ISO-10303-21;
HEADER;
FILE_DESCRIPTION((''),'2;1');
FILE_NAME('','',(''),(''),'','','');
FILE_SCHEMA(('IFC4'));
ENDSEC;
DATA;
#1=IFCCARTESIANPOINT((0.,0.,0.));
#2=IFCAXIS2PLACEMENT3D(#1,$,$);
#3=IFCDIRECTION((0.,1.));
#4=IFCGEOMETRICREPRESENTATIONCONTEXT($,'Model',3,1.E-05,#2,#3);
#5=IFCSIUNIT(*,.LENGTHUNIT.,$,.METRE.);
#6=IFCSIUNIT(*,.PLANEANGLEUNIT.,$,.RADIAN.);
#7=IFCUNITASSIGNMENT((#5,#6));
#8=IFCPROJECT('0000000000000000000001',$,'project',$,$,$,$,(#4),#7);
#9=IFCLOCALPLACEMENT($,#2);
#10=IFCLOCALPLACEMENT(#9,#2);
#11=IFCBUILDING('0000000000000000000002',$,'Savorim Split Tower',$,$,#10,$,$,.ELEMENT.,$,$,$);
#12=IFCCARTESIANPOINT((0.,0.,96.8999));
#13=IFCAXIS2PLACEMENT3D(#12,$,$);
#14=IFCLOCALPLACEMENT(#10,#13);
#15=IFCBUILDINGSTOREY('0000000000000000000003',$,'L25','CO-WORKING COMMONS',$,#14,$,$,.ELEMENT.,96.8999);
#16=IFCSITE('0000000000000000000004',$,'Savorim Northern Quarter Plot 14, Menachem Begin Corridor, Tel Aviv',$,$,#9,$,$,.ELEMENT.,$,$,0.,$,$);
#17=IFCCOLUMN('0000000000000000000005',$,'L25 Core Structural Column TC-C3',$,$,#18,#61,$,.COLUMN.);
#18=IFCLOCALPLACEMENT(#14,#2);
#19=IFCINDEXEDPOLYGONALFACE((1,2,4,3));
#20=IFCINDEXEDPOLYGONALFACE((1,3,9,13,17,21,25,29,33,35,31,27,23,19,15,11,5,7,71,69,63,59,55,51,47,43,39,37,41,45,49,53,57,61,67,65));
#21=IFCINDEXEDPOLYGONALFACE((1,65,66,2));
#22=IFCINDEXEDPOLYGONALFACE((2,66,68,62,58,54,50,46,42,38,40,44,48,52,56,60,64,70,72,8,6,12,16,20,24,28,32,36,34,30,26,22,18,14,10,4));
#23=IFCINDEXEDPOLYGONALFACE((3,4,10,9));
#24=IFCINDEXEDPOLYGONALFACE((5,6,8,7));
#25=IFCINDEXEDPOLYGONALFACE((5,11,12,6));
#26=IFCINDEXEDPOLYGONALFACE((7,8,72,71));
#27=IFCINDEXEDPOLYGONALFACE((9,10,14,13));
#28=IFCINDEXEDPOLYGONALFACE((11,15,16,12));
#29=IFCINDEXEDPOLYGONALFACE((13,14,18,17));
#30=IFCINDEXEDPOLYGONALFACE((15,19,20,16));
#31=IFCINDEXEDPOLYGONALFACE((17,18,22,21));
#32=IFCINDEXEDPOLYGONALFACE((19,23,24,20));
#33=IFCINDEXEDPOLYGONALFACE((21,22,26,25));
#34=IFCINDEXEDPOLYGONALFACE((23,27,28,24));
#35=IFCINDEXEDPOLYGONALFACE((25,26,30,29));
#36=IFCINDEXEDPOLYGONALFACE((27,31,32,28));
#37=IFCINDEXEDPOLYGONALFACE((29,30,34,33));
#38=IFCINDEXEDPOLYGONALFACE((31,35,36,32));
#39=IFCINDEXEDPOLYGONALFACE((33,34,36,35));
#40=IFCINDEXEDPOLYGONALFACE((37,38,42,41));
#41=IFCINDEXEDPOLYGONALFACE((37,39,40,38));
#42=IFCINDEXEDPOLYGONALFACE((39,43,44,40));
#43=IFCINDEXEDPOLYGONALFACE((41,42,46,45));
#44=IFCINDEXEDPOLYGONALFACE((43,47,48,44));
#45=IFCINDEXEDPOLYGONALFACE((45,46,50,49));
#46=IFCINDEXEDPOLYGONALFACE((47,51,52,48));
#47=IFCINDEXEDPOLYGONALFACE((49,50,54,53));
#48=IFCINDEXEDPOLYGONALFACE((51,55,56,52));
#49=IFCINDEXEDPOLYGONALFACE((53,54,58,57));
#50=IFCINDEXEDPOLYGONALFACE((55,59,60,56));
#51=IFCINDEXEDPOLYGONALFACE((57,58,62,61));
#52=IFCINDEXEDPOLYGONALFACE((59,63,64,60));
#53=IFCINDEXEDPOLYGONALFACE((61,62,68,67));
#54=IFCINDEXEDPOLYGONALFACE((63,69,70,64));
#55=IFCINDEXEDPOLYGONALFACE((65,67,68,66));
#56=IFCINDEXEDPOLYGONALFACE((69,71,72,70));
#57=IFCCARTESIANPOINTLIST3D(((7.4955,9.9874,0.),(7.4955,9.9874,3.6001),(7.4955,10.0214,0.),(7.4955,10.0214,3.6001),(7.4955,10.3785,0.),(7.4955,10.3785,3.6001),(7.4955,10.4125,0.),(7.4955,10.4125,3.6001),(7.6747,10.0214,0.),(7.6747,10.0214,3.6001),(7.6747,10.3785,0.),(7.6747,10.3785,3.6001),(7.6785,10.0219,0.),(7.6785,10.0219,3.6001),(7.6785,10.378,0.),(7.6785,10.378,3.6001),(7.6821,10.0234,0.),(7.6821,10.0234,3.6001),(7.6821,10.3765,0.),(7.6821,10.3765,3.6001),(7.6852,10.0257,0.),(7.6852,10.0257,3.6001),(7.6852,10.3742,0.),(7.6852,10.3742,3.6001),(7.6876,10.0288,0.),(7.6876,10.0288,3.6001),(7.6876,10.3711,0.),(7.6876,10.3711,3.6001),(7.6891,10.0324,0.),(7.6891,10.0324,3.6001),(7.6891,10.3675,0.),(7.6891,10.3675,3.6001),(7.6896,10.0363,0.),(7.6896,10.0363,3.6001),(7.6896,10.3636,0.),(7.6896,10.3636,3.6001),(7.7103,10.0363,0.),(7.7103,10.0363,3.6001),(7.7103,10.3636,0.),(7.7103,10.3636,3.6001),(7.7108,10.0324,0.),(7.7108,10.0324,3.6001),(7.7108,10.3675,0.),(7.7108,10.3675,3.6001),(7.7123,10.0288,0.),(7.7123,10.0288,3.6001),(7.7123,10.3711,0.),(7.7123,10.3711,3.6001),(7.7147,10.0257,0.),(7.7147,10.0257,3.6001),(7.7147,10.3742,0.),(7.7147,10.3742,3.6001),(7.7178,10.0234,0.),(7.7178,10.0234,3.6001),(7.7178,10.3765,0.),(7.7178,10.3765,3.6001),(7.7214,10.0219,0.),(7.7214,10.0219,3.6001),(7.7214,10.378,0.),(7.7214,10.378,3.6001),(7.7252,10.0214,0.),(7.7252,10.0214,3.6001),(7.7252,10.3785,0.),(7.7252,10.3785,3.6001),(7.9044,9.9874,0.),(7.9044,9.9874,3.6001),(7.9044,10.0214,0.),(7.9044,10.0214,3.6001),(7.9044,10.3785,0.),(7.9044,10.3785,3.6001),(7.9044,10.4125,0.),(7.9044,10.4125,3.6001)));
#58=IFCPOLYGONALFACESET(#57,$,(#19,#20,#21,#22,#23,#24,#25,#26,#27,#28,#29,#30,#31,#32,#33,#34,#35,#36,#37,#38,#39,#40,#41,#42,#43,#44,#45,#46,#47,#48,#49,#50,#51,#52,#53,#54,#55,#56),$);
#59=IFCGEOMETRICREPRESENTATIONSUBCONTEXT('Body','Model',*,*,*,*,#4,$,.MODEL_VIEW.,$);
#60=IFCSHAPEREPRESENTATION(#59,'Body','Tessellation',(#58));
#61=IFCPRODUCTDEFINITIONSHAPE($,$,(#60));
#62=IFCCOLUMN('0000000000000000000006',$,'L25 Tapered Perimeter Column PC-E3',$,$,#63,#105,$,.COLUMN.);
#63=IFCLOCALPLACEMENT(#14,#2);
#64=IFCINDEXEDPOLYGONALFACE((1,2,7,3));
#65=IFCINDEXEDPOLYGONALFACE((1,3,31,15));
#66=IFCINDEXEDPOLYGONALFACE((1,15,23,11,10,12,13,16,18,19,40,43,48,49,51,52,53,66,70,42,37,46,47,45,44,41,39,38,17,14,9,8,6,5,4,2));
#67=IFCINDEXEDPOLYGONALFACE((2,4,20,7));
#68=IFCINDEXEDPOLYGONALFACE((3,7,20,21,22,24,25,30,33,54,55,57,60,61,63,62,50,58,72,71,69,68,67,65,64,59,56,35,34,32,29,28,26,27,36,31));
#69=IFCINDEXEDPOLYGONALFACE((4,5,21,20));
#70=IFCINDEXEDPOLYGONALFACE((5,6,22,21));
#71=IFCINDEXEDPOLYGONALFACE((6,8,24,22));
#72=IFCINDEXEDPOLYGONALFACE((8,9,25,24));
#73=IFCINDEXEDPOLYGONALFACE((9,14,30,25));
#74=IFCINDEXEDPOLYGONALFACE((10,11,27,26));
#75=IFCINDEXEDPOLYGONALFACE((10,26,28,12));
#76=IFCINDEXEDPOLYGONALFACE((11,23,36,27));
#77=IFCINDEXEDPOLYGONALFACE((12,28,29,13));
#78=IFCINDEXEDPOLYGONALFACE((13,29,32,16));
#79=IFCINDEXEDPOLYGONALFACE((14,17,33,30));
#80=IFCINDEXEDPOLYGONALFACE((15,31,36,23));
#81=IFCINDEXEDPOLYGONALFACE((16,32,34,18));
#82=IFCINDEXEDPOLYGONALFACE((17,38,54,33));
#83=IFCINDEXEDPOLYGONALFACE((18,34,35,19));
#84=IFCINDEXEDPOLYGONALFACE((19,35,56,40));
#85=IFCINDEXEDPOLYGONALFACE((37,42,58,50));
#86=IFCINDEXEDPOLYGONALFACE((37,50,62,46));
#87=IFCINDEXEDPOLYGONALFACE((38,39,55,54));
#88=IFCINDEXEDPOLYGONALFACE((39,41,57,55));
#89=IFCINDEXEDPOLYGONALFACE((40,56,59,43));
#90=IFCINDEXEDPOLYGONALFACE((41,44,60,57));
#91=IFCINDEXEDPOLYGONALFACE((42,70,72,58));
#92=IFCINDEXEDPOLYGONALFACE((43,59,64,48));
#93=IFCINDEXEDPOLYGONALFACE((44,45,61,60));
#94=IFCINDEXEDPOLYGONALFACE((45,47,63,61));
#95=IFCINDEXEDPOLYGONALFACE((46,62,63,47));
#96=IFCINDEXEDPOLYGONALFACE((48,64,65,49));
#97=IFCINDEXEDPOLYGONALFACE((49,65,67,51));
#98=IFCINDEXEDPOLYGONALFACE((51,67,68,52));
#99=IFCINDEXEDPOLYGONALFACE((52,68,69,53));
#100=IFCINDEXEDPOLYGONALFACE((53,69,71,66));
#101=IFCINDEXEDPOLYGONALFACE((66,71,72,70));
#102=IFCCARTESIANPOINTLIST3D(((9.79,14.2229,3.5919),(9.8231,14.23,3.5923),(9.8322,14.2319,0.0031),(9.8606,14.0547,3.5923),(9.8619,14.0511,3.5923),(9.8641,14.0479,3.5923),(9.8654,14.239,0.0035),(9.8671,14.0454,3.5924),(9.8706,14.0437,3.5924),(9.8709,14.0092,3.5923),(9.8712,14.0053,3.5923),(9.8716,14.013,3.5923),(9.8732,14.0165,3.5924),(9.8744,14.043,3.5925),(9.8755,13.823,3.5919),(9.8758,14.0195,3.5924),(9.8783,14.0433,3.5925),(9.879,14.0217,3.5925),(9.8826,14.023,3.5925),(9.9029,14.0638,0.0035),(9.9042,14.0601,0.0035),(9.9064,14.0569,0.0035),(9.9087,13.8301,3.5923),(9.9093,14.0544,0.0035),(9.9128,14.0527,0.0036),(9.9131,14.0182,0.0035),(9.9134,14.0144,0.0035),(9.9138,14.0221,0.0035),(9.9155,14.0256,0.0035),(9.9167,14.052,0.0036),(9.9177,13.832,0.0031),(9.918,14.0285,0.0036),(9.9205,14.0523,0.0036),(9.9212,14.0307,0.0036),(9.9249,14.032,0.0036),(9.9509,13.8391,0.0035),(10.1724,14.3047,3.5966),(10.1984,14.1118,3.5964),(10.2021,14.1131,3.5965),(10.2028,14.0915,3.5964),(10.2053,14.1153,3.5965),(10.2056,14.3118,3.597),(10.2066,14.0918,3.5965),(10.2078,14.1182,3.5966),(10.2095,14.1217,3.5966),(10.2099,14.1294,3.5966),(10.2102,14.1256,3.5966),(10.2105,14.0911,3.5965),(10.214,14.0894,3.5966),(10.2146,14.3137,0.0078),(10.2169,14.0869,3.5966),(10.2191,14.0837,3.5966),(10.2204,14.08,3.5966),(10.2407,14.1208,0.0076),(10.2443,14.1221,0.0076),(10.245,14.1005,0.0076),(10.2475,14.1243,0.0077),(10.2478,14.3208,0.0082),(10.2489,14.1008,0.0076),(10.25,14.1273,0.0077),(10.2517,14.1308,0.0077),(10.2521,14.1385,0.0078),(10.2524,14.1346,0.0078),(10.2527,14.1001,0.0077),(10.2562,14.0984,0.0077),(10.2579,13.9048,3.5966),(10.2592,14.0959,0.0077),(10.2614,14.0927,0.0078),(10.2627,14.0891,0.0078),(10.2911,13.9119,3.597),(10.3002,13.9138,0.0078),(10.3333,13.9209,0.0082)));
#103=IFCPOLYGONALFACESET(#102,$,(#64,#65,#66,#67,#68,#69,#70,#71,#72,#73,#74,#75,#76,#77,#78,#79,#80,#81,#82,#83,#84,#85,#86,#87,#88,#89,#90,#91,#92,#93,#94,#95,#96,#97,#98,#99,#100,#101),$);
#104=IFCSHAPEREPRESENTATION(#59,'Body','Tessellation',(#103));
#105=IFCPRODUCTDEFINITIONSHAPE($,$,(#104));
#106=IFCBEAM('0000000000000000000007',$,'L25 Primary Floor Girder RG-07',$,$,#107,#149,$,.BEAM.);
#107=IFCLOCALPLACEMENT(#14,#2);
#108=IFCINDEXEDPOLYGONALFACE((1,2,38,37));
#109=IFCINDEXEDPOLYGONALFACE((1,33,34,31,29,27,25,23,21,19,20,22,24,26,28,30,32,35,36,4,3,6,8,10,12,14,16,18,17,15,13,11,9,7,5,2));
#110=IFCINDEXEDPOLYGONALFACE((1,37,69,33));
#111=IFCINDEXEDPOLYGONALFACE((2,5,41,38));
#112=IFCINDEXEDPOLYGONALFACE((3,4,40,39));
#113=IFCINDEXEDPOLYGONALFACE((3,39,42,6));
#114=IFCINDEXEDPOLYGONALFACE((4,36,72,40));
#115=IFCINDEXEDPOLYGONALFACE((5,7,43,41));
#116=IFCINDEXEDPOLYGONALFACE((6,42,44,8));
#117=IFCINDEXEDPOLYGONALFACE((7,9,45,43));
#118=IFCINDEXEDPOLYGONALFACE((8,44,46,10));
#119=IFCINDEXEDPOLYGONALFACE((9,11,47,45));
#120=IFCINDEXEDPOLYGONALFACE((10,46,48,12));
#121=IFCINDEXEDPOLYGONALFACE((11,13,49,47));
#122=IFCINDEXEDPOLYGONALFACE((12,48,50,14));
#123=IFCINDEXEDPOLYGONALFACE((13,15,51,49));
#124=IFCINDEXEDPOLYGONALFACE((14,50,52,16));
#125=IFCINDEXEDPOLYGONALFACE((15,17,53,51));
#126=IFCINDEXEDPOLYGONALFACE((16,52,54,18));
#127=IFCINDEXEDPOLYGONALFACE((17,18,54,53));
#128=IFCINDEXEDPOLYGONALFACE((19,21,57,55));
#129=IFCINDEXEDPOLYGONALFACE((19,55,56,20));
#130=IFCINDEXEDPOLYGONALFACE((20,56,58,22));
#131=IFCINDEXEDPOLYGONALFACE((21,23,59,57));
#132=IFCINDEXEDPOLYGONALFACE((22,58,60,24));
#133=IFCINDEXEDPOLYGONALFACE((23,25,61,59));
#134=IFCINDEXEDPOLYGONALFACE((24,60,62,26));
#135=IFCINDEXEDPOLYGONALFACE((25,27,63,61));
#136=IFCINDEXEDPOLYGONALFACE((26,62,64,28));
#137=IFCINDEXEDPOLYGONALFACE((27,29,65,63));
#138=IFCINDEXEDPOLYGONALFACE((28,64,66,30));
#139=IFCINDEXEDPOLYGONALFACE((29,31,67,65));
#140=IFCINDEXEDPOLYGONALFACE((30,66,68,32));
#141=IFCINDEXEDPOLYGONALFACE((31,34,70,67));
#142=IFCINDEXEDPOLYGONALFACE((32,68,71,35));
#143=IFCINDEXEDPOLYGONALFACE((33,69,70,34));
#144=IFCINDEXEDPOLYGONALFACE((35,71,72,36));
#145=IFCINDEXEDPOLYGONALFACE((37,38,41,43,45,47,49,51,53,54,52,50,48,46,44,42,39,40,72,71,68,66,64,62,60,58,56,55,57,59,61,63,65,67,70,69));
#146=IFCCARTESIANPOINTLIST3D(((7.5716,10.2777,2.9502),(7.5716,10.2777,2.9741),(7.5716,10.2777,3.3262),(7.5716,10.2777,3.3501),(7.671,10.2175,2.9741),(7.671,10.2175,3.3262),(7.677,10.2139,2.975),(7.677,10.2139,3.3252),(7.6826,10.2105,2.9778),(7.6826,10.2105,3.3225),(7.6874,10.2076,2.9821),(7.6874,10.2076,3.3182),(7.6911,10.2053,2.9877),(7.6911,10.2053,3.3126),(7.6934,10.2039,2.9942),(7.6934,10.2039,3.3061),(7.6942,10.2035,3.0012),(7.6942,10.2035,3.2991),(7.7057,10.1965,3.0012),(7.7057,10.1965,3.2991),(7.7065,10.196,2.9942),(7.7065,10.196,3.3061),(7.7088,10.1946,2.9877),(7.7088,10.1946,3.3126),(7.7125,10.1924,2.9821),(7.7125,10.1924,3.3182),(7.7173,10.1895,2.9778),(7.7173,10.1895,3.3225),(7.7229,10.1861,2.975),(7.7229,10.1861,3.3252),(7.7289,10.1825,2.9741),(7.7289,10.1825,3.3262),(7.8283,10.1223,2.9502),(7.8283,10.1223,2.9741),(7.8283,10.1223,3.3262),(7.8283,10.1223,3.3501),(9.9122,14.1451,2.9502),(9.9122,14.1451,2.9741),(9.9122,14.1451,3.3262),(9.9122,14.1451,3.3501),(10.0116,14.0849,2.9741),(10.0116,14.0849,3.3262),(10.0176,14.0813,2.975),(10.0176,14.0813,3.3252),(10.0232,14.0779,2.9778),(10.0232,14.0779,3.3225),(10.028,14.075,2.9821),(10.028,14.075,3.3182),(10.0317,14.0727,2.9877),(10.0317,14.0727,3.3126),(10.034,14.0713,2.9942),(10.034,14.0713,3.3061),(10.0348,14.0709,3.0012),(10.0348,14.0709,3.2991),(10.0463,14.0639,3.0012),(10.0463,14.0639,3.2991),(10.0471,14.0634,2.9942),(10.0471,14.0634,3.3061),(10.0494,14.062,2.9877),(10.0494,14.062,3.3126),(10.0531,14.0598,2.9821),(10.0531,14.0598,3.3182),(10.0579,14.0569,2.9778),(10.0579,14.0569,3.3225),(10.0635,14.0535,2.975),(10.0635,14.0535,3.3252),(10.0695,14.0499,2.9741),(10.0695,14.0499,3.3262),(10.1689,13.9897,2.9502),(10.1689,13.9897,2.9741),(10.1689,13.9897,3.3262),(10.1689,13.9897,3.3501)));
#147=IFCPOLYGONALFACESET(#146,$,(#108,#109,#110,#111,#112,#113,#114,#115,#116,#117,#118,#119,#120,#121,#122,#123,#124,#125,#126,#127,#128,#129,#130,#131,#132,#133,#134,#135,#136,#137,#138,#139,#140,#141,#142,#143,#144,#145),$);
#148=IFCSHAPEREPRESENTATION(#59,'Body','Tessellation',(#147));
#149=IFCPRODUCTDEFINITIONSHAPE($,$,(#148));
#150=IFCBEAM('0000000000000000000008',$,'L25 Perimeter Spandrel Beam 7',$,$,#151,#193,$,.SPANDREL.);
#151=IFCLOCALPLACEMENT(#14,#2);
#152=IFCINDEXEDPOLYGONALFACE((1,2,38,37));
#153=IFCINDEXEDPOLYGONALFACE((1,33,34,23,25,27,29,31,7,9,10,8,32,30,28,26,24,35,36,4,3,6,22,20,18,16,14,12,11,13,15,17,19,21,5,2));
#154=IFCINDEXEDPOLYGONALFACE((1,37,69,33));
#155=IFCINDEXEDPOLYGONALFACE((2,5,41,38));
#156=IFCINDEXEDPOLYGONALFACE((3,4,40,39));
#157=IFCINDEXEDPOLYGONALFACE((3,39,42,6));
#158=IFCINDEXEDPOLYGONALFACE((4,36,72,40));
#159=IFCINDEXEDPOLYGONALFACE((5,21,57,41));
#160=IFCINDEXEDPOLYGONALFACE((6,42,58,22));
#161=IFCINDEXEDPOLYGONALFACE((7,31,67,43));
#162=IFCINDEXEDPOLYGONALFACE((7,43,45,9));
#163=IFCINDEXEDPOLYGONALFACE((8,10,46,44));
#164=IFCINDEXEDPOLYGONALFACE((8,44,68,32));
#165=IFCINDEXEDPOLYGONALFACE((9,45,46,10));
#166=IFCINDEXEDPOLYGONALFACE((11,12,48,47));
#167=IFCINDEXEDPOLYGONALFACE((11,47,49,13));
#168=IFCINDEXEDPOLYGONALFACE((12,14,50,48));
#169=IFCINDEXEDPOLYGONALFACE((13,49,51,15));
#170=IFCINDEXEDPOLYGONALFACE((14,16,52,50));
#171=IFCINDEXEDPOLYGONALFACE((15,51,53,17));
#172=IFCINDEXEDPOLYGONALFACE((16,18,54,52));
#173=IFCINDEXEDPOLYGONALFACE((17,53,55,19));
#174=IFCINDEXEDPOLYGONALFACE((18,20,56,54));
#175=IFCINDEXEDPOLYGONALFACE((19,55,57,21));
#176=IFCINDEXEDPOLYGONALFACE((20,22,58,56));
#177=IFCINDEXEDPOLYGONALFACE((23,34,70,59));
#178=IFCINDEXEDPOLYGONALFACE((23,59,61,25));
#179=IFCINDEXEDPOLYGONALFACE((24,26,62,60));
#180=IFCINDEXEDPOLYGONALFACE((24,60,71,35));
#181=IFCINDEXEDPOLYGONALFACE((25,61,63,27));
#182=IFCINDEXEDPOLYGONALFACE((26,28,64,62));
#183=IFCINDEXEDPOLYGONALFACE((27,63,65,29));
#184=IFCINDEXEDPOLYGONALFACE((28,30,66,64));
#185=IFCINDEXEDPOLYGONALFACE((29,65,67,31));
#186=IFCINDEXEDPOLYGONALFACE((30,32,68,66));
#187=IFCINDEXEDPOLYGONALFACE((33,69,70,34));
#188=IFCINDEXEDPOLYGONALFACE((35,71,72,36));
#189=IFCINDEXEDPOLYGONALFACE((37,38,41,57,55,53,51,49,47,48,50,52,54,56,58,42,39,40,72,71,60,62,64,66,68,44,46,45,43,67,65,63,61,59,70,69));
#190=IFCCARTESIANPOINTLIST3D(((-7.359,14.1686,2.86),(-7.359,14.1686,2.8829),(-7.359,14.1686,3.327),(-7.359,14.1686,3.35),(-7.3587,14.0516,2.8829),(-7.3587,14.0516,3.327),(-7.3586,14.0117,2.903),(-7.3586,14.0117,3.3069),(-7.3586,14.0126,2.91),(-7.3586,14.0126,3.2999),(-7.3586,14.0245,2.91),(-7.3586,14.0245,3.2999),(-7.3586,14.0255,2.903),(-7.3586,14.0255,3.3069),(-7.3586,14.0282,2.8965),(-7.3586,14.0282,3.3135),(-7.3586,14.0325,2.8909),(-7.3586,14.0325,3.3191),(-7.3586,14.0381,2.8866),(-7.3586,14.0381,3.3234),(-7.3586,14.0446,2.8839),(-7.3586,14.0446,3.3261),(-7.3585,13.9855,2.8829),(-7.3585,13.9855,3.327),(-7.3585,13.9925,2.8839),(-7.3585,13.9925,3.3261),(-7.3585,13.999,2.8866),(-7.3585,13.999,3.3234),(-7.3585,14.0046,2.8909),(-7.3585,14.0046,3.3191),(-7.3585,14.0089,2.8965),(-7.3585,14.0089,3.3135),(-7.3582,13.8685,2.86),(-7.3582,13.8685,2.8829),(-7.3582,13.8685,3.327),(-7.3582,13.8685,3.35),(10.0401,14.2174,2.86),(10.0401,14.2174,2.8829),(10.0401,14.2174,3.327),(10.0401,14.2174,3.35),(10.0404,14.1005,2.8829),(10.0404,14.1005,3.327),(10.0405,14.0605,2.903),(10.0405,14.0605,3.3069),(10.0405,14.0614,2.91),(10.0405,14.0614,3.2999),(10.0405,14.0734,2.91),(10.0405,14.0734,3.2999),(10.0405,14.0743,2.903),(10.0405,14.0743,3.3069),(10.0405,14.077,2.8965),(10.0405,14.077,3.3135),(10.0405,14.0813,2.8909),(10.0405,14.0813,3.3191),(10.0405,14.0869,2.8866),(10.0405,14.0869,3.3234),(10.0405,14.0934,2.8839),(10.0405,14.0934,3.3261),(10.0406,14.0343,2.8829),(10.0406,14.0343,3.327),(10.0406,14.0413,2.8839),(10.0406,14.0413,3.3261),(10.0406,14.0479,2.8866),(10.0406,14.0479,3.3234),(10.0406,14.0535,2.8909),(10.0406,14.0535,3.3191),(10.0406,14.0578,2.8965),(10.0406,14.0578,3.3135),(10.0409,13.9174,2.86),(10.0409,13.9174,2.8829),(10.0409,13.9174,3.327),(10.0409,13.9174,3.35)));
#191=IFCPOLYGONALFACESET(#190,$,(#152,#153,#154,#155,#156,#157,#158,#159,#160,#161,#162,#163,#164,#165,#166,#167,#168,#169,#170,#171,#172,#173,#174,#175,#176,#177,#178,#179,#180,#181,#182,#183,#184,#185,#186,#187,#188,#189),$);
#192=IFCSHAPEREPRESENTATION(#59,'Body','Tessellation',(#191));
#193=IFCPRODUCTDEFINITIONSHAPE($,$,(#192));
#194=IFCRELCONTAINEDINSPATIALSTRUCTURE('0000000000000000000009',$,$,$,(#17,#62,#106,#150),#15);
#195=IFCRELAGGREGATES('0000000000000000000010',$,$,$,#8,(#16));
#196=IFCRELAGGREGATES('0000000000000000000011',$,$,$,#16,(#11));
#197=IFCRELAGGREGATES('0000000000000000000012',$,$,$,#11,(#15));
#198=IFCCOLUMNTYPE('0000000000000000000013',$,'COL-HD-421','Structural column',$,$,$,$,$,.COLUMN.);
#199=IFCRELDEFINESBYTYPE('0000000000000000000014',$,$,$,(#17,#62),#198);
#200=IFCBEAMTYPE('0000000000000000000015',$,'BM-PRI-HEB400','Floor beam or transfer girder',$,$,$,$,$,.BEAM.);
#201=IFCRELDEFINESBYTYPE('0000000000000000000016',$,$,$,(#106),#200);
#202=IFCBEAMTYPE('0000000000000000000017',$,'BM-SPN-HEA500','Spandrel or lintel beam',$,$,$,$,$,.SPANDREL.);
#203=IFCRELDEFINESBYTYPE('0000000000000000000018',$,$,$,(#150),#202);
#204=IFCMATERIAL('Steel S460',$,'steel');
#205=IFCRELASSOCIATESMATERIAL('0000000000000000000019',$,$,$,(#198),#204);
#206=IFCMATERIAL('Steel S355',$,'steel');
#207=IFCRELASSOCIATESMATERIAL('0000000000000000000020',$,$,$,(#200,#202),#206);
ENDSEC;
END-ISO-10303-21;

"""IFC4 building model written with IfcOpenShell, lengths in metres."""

from ifc_helpers import new_model, si_unit, direction, frame, origin, origin_2d, place, context, subcontext, project, spatial, i_section, extrude, material, material_profile, profile_set, type_object, element, save


model = new_model("IFC4")

# Units and contexts
model_context = context("Model", 3, precision=1e-05, world=origin(), true_north=direction((0.0, 1.0)))
body_context = subcontext(model_context, "Body", "Model", "MODEL_VIEW")
ifc_project = project(units=[si_unit("LENGTHUNIT", "METRE"), si_unit("PLANEANGLEUNIT", "RADIAN")], contexts=[model_context])

# Site, building, storey
site_placement = place(None, origin())
site = spatial("IfcSite", under=ifc_project, at=site_placement, Name="Savorim Northern Quarter Plot 14, Menachem Begin Corridor, Tel Aviv", CompositionType="ELEMENT", RefElevation=0.0)
building_placement = place(site_placement, origin())
building = spatial("IfcBuilding", under=site, at=building_placement, Name="Savorim Split Tower", CompositionType="ELEMENT")
storey_placement = place(building_placement, frame((0.0, 0.0, 96.8999)))
storey = spatial("IfcBuildingStorey", under=building, at=storey_placement, Name="L25", Description="CO-WORKING COMMONS", CompositionType="ELEMENT", Elevation=96.8999)

# Columns
ifc_material_1 = material(Name="Steel S460", Category="steel")
ifc_material_profile_1 = material_profile(ifc_material_1, i_section(OverallWidth=0.4089, OverallDepth=0.425, WebThickness=0.0208, FlangeThickness=0.0339, FilletRadius=0.0149, at=origin_2d()), Name="HD 400x421")
ifc_profile_set_1 = profile_set([ifc_material_profile_1], Name="Steel S460")
column_type = type_object("IfcColumnType", Name="COL-HD-421", Description="Structural column", PredefinedType="COLUMN", material=ifc_profile_set_1)
column_1_placement = place(storey_placement, frame((7.7, 10.2, 0.0), z_axis=(0.0, 0.0, 1.0), x_axis=(1.0, 0.0, 0.0)))
element("IfcColumn", 1, at=column_1_placement, inside=storey, type_object=column_type, Name="L25 Core Structural Column TC-C3", PredefinedType="COLUMN", context=body_context, shape_type="SweptSolid", body=[
    extrude(i_section(OverallWidth=0.4089, OverallDepth=0.425, WebThickness=0.0208, FlangeThickness=0.0339, FilletRadius=0.0149, at=origin_2d()), origin(), (0.0, 0.0, 1.0), 3.6001),
])
column_2_placement = place(storey_placement, frame((10.0828, 14.0764, 0.0056), z_axis=(-0.011768, -0.002517, 0.999928), x_axis=(0.209143, -0.977885, 0.0)))
element("IfcColumn", 2, at=column_2_placement, inside=storey, type_object=column_type, Name="L25 Tapered Perimeter Column PC-E3", PredefinedType="COLUMN", context=body_context, shape_type="SweptSolid", body=[
    extrude(i_section(OverallWidth=0.4089, OverallDepth=0.425, WebThickness=0.0208, FlangeThickness=0.0339, FilletRadius=0.0149, at=origin_2d()), origin(), (0.0, 0.0, 1.0), 3.5891),
])

# Beams
ifc_material_2 = material(Name="Steel S355", Category="steel")
ifc_material_profile_2 = material_profile(ifc_material_2, i_section(OverallWidth=0.3, OverallDepth=0.3999, WebThickness=0.0134, FlangeThickness=0.0239, FilletRadius=0.0271, at=origin_2d()), Name="HEB 400")
ifc_profile_set_2 = profile_set([ifc_material_profile_2], Name="Steel S355")
beam_type_1 = type_object("IfcBeamType", Name="BM-PRI-HEB400", Description="Floor beam or transfer girder", PredefinedType="BEAM", material=ifc_profile_set_2)
beam_1_placement = place(storey_placement, frame((10.0405, 14.0674, 3.1501), z_axis=(-0.517764, -0.855523, 0.0), x_axis=(0.855523, -0.517764, 0.0)))
element("IfcBeam", 3, at=beam_1_placement, inside=storey, type_object=beam_type_1, Name="L25 Primary Floor Girder RG-07", PredefinedType="BEAM", context=body_context, shape_type="SweptSolid", body=[
    extrude(i_section(OverallWidth=0.3, OverallDepth=0.3999, WebThickness=0.0134, FlangeThickness=0.0239, FilletRadius=0.0271, at=origin_2d()), origin(), (0.0, 0.0, 1.0), 4.5205),
])
ifc_material_profile_3 = material_profile(ifc_material_2, i_section(OverallWidth=0.3, OverallDepth=0.49, WebThickness=0.012, FlangeThickness=0.0229, FilletRadius=0.0271, at=origin_2d()), Name="HEA 500")
ifc_profile_set_3 = profile_set([ifc_material_profile_3], Name="Steel S355")
beam_type_2 = type_object("IfcBeamType", Name="BM-SPN-HEA500", Description="Spandrel or lintel beam", PredefinedType="SPANDREL", material=ifc_profile_set_3)
beam_2_placement = place(storey_placement, frame((10.0405, 14.0674, 3.105), z_axis=(-0.999996, -0.002806, 0.0), x_axis=(0.002806, -0.999996, 0.0)))
element("IfcBeam", 4, at=beam_2_placement, inside=storey, type_object=beam_type_2, Name="L25 Perimeter Spandrel Beam 7", PredefinedType="SPANDREL", context=body_context, shape_type="SweptSolid", body=[
    extrude(i_section(OverallWidth=0.3, OverallDepth=0.49, WebThickness=0.012, FlangeThickness=0.0229, FilletRadius=0.0271, at=origin_2d()), origin(), (0.0, 0.0, 1.0), 17.3992),
])

save(model, "model.ifc")
